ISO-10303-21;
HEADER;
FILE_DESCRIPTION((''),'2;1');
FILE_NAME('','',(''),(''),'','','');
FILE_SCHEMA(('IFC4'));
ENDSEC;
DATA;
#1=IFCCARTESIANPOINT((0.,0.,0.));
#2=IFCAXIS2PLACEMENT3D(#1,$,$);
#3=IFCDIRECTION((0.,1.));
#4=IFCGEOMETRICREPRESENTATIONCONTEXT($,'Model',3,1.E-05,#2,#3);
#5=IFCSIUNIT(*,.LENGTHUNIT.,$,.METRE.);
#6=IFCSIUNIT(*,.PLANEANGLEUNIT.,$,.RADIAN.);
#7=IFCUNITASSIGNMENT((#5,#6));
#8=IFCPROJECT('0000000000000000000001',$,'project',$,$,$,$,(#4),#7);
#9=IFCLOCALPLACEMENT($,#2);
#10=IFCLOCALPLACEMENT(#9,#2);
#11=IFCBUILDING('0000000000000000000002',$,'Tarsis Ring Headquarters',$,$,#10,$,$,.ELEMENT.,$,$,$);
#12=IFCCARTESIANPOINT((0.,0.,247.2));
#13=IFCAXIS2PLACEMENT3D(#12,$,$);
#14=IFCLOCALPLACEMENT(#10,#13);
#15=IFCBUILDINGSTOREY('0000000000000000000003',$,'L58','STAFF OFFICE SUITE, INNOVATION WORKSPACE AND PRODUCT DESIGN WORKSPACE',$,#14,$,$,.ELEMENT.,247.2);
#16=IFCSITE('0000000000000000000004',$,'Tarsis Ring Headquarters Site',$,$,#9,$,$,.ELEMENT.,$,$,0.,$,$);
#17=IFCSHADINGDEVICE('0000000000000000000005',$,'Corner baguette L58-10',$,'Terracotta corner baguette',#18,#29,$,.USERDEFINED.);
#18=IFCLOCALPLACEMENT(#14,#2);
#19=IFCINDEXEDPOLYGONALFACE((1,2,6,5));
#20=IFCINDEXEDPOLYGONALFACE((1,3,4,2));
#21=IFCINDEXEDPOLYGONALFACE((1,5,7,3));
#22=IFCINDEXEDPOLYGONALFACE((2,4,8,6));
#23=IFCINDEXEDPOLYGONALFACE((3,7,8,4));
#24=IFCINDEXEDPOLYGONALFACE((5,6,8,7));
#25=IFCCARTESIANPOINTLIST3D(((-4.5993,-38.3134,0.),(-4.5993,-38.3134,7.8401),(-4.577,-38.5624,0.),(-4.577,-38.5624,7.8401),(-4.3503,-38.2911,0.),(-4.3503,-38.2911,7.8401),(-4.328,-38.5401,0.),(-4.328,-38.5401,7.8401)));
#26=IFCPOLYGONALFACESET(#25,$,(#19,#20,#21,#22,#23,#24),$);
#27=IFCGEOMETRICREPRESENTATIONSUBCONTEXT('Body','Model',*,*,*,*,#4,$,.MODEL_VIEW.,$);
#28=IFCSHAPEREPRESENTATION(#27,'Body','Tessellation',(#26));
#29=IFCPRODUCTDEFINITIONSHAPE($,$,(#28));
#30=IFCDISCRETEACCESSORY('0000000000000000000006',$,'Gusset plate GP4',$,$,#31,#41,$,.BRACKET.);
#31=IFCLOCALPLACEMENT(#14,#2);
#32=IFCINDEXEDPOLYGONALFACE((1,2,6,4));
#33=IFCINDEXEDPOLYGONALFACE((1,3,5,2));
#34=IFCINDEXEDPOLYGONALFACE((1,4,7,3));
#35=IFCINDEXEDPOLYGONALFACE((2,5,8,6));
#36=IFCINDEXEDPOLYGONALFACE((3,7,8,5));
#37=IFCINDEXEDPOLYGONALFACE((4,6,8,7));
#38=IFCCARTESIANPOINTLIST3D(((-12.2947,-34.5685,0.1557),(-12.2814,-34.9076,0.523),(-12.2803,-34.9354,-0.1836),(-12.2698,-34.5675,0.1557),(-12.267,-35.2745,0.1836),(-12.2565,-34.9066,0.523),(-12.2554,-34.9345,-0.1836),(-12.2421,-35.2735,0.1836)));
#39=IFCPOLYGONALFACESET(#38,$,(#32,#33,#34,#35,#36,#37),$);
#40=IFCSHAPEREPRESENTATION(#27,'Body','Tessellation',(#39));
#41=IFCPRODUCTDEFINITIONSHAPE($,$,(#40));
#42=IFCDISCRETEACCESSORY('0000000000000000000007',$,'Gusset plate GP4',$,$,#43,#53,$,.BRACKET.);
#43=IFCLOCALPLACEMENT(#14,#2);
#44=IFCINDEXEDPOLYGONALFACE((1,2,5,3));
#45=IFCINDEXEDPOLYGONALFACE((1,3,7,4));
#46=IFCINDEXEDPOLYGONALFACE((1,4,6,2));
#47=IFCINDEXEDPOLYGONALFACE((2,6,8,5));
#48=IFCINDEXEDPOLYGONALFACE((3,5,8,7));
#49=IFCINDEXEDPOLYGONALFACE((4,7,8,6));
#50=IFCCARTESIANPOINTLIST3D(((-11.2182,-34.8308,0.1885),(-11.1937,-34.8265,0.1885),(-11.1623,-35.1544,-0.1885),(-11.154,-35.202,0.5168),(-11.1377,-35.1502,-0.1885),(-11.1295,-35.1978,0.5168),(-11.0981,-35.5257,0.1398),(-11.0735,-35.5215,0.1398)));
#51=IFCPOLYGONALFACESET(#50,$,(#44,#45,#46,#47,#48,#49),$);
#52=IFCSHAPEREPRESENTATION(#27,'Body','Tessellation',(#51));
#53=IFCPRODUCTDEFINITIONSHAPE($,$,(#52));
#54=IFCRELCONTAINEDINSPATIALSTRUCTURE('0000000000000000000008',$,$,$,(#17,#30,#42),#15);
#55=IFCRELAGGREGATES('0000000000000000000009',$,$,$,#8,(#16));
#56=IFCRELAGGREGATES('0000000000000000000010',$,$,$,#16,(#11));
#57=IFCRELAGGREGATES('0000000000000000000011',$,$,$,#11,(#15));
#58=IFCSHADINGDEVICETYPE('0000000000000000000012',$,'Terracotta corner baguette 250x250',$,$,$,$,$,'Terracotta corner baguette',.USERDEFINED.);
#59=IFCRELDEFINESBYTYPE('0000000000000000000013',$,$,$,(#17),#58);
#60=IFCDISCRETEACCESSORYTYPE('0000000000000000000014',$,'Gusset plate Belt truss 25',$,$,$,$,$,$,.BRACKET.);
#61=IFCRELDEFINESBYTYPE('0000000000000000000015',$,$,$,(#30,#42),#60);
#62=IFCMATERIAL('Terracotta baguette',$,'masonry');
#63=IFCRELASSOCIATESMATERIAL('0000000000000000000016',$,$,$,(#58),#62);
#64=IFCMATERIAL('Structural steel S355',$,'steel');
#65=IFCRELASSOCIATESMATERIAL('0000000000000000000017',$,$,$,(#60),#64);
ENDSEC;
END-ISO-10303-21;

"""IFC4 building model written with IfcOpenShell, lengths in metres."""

from ifc_helpers import new_model, si_unit, direction, frame, origin, origin_2d, place, context, subcontext, project, spatial, rectangle, extrude, material, material_profile, profile_set, type_object, element, save


model = new_model("IFC4")

# Units and contexts
model_context = context("Model", 3, precision=1e-05, world=origin(), true_north=direction((0.0, 1.0)))
body_context = subcontext(model_context, "Body", "Model", "MODEL_VIEW")
ifc_project = project(units=[si_unit("LENGTHUNIT", "METRE"), si_unit("PLANEANGLEUNIT", "RADIAN")], contexts=[model_context])

# Site, building, storey
site_placement = place(None, origin())
site = spatial("IfcSite", under=ifc_project, at=site_placement, Name="Tarsis Ring Headquarters Site", CompositionType="ELEMENT", RefElevation=0.0)
building_placement = place(site_placement, origin())
building = spatial("IfcBuilding", under=site, at=building_placement, Name="Tarsis Ring Headquarters", CompositionType="ELEMENT")
storey_placement = place(building_placement, frame((0.0, 0.0, 247.2)))
storey = spatial("IfcBuildingStorey", under=building, at=storey_placement, Name="L58", Description="STAFF OFFICE SUITE, INNOVATION WORKSPACE AND PRODUCT DESIGN WORKSPACE", CompositionType="ELEMENT", Elevation=247.2)

# Shared definitions
ifc_material_1 = material(Name="Structural steel S355", Category="steel")

# Shading device
ifc_material_2 = material(Name="Terracotta baguette", Category="masonry")
shading_device_type_1 = type_object("IfcShadingDeviceType", Name="Terracotta corner baguette 250x250", ElementType="Terracotta corner baguette", PredefinedType="USERDEFINED", material=ifc_material_2)
for number, where, z_axis, x_axis, name in (
    (1, (-4.4636, -38.4268, 0.0), (0.0, 0.0, 1.0), (0.99601, 0.089242, 0.0), "Corner baguette L58-10"),
):
    element("IfcShadingDevice", number, at=place(storey_placement, frame(where, z_axis=z_axis, x_axis=x_axis)), inside=storey, type_object=shading_device_type_1, Name=name, ObjectType="Terracotta corner baguette", PredefinedType="USERDEFINED", context=body_context, shape_type="SweptSolid", body=[
        extrude(rectangle(XDim=0.25, YDim=0.25, at=origin_2d()), origin(), (0.0, 0.0, 1.0), 7.8401),
    ])

# Discrete accessories
ifc_material_profile_1 = material_profile(ifc_material_1, rectangle(XDim=0.0249, YDim=0.5, at=origin_2d()), Name="PL 25x500")
ifc_profile_set_1 = profile_set([ifc_material_profile_1], Name="Structural steel S355")
discrete_accessory_type = type_object("IfcDiscreteAccessoryType", Name="Gusset plate Belt truss 25", PredefinedType="BRACKET", material=ifc_profile_set_1)
discrete_accessory_1_placement = place(storey_placement, frame((-12.2612, -35.1045, 0.0), z_axis=(-0.028808, 0.733862, 0.678688), x_axis=(-0.99923, -0.039225, 0.0)))
element("IfcDiscreteAccessory", 2, at=discrete_accessory_1_placement, inside=storey, type_object=discrete_accessory_type, Name="Gusset plate GP4", PredefinedType="BRACKET", context=body_context, shape_type="SweptSolid", body=[
    extrude(rectangle(XDim=0.0249, YDim=0.5, at=origin_2d()), origin(), (0.0, 0.0, 1.0), 0.5),
])
discrete_accessory_2_placement = place(storey_placement, frame((-11.178, -34.9905, 0.0), z_axis=(0.128459, -0.742912, 0.656947), x_axis=(0.985378, 0.170384, 0.0)))
element("IfcDiscreteAccessory", 3, at=discrete_accessory_2_placement, inside=storey, type_object=discrete_accessory_type, Name="Gusset plate GP4", PredefinedType="BRACKET", context=body_context, shape_type="SweptSolid", body=[
    extrude(rectangle(XDim=0.0249, YDim=0.5, at=origin_2d()), origin(), (0.0, 0.0, 1.0), 0.4998),
])

save(model, "model.ifc")
